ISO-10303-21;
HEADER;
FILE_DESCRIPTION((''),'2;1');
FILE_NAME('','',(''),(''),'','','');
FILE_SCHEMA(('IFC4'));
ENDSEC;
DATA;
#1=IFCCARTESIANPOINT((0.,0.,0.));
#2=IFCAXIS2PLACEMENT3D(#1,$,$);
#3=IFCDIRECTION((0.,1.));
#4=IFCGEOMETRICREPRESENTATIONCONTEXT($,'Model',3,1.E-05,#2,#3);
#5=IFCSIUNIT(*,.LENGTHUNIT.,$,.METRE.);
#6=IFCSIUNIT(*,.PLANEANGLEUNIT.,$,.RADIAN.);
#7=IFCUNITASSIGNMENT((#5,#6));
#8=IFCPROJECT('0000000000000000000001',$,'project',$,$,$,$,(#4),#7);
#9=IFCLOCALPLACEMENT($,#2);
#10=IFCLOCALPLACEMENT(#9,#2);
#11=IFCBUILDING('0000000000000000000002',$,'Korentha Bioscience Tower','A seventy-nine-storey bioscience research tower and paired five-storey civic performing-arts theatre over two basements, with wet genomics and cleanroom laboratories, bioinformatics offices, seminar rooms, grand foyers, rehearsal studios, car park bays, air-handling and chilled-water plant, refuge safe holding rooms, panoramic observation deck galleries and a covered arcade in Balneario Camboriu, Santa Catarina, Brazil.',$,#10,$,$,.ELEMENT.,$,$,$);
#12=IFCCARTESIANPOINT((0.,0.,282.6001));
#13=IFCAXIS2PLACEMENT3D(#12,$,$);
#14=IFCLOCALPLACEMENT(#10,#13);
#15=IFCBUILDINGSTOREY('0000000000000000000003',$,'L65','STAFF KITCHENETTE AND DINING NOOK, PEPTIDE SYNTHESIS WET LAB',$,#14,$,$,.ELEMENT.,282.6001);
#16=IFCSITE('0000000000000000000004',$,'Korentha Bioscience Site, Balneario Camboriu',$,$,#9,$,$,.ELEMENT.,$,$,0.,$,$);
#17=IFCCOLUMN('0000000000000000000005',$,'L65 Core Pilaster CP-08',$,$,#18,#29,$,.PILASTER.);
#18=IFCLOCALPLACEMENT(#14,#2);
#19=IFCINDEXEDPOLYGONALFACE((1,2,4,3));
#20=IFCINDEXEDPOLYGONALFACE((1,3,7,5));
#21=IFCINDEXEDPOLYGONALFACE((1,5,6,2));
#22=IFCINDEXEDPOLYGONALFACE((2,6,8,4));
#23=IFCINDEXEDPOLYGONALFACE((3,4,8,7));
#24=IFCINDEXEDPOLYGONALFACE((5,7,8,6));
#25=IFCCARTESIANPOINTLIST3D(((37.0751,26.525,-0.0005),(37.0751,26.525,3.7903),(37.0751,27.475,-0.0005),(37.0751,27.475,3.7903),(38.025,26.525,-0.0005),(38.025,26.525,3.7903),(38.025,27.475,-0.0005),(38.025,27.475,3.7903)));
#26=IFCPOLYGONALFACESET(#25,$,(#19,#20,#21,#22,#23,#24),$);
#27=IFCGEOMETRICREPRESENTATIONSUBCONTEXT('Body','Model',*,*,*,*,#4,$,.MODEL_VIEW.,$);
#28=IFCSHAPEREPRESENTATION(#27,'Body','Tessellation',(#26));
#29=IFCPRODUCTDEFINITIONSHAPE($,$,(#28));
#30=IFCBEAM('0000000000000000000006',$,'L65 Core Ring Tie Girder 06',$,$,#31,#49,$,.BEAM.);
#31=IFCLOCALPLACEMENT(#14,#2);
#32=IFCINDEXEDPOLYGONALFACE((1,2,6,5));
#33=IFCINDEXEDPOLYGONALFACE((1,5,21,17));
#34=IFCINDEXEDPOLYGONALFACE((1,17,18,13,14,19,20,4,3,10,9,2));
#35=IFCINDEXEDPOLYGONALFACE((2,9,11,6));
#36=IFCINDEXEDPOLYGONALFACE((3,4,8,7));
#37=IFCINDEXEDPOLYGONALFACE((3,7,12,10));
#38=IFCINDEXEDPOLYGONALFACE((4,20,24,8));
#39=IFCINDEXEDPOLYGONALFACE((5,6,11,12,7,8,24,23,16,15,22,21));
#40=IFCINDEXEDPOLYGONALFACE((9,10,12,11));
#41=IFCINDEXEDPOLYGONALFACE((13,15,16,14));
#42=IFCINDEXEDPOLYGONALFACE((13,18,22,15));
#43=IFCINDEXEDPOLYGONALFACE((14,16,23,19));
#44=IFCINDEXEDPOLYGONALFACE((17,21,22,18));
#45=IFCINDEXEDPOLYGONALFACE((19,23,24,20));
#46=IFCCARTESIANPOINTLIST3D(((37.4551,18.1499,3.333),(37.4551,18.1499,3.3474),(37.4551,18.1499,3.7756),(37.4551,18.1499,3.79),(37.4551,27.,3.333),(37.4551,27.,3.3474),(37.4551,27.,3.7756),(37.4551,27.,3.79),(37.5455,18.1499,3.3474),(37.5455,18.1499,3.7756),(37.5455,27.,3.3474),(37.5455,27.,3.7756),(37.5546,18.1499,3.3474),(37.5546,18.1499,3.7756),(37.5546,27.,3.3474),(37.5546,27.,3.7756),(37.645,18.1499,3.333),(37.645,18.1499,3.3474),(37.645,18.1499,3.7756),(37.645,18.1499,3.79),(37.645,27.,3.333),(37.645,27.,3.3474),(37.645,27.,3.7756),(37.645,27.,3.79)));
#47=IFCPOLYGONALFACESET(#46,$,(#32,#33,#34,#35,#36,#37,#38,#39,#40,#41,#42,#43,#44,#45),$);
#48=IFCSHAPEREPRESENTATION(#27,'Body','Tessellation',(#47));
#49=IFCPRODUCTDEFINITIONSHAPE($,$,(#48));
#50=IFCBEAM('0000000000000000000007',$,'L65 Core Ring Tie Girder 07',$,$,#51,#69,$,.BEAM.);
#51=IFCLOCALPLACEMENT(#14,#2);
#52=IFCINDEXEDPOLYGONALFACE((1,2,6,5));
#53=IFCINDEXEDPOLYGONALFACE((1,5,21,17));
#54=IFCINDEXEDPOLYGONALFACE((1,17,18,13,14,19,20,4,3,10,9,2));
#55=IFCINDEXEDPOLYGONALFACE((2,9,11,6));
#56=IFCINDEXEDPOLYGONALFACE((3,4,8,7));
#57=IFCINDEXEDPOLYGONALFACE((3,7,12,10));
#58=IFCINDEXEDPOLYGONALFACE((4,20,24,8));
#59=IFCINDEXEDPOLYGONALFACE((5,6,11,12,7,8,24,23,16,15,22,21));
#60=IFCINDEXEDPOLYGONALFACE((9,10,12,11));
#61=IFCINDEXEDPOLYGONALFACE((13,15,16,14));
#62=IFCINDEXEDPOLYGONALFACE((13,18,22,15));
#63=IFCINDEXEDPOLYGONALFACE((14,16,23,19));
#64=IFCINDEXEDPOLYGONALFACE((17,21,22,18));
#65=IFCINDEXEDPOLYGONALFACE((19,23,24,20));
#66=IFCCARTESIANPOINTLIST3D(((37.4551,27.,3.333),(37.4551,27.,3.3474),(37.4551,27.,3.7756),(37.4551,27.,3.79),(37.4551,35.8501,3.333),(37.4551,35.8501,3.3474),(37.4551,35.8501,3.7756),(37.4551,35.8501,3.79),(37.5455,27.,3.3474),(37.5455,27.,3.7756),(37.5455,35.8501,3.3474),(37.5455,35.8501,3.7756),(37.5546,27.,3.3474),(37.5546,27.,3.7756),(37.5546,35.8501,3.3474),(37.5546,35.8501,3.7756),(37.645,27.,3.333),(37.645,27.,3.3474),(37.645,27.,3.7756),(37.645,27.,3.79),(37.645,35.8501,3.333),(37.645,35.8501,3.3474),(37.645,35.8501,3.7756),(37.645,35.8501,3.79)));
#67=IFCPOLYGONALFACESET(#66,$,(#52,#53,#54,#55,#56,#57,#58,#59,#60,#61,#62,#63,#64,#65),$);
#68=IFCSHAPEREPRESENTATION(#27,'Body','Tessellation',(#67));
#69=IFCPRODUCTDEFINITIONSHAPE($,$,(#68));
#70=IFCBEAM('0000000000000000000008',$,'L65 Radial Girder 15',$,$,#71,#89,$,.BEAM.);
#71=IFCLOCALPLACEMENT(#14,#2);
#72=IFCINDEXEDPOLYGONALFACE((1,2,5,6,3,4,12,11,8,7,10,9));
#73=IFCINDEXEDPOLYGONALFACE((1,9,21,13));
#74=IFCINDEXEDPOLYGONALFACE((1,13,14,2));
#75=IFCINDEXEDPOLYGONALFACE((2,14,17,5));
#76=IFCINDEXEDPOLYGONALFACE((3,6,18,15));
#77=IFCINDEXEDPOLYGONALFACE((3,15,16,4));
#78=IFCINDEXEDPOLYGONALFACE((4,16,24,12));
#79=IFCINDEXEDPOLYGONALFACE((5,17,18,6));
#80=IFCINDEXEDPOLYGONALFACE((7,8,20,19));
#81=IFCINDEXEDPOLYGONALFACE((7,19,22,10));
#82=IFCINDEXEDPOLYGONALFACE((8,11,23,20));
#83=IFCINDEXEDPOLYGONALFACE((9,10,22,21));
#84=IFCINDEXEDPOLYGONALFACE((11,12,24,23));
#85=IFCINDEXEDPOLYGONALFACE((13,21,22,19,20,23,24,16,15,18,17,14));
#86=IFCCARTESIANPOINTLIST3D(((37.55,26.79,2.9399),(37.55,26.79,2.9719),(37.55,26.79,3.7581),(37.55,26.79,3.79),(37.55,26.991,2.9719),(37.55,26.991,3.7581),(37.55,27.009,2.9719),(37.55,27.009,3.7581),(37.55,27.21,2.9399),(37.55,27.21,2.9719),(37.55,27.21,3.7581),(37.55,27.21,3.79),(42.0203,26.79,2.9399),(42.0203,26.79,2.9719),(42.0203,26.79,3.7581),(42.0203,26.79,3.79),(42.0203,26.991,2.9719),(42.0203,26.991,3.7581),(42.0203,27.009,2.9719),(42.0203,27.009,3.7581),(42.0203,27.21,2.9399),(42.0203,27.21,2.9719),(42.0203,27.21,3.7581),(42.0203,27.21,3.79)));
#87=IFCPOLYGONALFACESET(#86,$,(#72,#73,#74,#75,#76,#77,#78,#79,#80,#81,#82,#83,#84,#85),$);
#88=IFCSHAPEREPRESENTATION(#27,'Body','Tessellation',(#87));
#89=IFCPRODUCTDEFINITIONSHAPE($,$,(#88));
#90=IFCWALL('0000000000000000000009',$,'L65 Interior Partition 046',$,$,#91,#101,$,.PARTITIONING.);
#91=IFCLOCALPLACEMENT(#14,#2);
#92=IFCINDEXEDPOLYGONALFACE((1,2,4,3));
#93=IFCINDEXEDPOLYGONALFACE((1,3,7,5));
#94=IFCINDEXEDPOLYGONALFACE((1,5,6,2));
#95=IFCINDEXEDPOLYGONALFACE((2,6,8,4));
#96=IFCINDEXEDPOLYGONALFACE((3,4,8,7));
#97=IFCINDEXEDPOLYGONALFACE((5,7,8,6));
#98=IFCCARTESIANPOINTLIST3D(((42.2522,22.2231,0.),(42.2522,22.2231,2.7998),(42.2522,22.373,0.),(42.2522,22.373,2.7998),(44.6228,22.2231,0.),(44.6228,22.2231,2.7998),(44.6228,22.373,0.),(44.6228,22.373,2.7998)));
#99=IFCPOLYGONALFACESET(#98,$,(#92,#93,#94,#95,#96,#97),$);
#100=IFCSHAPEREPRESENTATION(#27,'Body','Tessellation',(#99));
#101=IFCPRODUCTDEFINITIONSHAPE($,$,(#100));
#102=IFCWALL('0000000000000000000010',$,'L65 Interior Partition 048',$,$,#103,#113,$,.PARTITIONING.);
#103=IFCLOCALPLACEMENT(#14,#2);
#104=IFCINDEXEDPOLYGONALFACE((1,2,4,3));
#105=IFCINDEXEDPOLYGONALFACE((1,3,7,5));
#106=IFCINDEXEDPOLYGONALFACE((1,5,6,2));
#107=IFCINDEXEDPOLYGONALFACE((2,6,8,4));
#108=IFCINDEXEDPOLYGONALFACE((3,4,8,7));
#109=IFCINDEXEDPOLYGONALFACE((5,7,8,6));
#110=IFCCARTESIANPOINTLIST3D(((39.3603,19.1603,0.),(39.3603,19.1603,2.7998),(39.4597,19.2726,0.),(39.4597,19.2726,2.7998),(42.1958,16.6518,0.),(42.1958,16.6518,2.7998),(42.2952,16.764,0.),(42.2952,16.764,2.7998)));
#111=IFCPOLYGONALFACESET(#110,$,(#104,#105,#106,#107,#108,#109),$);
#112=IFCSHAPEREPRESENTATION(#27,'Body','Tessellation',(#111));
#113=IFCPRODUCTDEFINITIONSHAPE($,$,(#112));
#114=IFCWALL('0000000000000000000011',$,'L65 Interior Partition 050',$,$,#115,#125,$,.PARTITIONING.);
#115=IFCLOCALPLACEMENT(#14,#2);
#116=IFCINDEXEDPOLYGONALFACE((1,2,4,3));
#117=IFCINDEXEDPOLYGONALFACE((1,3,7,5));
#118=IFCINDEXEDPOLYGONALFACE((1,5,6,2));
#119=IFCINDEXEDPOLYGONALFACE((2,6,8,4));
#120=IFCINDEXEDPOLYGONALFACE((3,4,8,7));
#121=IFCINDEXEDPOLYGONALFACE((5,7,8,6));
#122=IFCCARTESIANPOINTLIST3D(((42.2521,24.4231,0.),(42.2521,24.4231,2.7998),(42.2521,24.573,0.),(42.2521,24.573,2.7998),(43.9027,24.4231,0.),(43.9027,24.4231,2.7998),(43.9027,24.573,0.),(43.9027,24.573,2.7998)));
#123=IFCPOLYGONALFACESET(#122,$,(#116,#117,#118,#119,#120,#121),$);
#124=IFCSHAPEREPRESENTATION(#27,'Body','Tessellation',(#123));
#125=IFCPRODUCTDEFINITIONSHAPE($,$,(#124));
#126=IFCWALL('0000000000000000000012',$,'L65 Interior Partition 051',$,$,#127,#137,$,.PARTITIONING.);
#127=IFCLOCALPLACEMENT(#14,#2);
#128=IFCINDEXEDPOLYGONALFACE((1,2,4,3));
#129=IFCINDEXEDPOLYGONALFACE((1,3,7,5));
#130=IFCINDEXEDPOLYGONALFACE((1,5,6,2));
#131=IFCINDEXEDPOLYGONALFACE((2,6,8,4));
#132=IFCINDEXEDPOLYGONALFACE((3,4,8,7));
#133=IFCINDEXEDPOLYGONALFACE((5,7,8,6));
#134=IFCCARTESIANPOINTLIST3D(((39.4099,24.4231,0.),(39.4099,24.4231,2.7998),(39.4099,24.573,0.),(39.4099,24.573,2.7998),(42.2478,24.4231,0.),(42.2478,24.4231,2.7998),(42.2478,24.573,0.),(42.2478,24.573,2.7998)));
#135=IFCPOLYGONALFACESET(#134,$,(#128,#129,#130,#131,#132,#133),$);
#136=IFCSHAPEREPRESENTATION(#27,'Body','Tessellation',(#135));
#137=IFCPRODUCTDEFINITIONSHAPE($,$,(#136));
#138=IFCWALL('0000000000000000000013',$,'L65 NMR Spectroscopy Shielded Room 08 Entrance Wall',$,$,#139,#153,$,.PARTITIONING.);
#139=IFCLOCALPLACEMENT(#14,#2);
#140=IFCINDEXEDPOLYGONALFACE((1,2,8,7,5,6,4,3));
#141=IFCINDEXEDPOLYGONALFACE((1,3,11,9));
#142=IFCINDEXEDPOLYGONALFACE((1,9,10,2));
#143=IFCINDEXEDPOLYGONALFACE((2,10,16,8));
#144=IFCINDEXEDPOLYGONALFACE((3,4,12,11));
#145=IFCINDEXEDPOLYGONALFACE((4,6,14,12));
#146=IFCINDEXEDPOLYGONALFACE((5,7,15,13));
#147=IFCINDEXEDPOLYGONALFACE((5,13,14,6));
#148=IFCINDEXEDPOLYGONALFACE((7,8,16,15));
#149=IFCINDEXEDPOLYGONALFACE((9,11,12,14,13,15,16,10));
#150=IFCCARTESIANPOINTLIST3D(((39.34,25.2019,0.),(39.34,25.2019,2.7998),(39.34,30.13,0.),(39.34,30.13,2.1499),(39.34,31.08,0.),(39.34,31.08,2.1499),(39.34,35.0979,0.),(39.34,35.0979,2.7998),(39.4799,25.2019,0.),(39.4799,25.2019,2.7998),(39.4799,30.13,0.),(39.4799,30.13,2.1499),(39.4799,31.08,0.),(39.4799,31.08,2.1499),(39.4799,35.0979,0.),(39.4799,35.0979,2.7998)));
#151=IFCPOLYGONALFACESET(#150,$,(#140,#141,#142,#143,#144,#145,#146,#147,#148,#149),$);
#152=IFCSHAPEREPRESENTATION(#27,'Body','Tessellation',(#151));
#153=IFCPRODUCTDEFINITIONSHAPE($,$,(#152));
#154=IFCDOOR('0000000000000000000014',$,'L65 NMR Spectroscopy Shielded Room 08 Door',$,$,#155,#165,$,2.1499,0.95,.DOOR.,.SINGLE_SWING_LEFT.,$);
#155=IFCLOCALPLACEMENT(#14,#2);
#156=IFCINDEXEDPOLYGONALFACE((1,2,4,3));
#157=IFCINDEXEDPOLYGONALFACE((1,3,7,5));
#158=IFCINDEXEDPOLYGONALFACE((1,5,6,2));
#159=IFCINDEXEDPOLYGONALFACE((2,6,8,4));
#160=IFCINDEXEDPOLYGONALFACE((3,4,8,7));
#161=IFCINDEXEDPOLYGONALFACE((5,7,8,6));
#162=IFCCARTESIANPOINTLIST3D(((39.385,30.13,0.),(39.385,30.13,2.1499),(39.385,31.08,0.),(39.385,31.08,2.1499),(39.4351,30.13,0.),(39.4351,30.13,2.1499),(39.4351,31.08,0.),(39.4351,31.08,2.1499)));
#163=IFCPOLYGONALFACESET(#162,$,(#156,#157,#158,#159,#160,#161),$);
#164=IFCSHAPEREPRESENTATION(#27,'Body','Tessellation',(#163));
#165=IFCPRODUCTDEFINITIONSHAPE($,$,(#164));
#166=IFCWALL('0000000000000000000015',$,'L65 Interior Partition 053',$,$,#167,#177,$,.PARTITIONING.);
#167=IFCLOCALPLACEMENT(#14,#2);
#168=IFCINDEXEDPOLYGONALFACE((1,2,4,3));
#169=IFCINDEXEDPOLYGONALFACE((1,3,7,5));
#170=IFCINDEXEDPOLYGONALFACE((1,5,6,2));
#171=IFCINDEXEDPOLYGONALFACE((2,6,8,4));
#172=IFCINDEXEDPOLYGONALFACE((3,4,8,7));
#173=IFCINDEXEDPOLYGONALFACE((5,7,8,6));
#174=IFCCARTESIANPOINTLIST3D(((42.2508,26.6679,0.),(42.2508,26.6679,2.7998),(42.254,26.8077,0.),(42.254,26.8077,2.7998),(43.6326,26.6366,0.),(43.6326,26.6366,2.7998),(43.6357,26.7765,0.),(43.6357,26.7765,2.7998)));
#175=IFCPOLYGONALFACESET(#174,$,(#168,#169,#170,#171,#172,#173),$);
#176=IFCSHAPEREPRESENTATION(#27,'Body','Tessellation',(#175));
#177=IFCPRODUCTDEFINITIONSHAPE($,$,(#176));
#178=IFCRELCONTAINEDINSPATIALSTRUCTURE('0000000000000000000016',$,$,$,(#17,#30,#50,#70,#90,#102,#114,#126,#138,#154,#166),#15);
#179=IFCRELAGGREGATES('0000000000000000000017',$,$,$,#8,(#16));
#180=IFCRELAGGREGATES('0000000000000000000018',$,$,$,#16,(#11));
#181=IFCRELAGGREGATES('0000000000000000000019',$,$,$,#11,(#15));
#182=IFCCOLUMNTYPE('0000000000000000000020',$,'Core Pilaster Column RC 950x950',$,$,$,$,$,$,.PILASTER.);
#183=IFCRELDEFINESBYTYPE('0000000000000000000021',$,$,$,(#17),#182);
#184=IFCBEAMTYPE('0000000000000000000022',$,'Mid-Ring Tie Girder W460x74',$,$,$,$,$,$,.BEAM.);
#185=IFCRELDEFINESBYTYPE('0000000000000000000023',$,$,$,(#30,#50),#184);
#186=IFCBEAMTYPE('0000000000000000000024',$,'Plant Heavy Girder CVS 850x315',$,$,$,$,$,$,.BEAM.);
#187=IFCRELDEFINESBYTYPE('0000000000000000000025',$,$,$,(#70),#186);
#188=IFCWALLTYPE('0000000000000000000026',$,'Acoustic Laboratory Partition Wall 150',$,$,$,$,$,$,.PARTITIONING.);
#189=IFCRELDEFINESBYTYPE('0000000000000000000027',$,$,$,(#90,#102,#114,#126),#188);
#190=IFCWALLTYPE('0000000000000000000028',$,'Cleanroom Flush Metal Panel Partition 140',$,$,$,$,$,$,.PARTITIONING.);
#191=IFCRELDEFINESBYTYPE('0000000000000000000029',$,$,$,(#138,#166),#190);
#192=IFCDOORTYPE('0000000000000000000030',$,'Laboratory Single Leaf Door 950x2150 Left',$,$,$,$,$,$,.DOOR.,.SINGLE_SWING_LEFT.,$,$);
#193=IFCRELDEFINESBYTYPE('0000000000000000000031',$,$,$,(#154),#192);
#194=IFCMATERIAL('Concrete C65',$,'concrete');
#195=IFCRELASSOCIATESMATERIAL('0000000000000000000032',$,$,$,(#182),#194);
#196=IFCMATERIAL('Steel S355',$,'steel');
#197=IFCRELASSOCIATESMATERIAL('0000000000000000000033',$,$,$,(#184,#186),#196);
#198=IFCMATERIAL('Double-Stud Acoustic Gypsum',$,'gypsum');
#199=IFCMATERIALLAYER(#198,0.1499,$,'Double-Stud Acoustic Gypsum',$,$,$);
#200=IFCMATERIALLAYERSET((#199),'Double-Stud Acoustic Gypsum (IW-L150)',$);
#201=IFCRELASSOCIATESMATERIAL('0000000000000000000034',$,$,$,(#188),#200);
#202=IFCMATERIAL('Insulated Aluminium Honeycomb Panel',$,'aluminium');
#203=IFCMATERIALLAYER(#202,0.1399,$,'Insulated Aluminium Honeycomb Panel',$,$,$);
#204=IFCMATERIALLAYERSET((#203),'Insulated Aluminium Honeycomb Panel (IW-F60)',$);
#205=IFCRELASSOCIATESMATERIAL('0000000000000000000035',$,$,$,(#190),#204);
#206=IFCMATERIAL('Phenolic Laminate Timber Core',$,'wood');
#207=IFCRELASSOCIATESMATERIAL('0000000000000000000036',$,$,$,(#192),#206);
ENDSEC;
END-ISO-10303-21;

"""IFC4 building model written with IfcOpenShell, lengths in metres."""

from ifc_helpers import new_model, si_unit, direction, frame, frame_2d, origin, origin_2d, place, context, subcontext, project, spatial, rectangle, i_section, extrude, material, layer, layer_set, material_profile, profile_set, type_object, element, fill, save


model = new_model("IFC4")

# Units and contexts
model_context = context("Model", 3, precision=1e-05, world=origin(), true_north=direction((0.0, 1.0)))
body_context = subcontext(model_context, "Body", "Model", "MODEL_VIEW")
ifc_project = project(units=[si_unit("LENGTHUNIT", "METRE"), si_unit("PLANEANGLEUNIT", "RADIAN")], contexts=[model_context])

# Site, building, storey
site_placement = place(None, origin())
site = spatial("IfcSite", under=ifc_project, at=site_placement, Name="Korentha Bioscience Site, Balneario Camboriu", CompositionType="ELEMENT", RefElevation=0.0)
building_placement = place(site_placement, origin())
building = spatial("IfcBuilding", under=site, at=building_placement, Name="Korentha Bioscience Tower", Description="A seventy-nine-storey bioscience research tower and paired five-storey civic performing-arts theatre over two basements, with wet genomics and cleanroom laboratories, bioinformatics offices, seminar rooms, grand foyers, rehearsal studios, car park bays, air-handling and chilled-water plant, refuge safe holding rooms, panoramic observation deck galleries and a covered arcade in Balneario Camboriu, Santa Catarina, Brazil.", CompositionType="ELEMENT")
storey_placement = place(building_placement, frame((0.0, 0.0, 282.6001)))
storey = spatial("IfcBuildingStorey", under=building, at=storey_placement, Name="L65", Description="STAFF KITCHENETTE AND DINING NOOK, PEPTIDE SYNTHESIS WET LAB", CompositionType="ELEMENT", Elevation=282.6001)

# Column
ifc_material_1 = material(Name="Concrete C65", Category="concrete")
ifc_material_profile_1 = material_profile(ifc_material_1, rectangle(XDim=0.95, YDim=0.95, at=origin_2d()), Name="Concrete C65")
ifc_profile_set_1 = profile_set([ifc_material_profile_1], Name="Concrete C65 (COL-CP09)")
column_type = type_object("IfcColumnType", Name="Core Pilaster Column RC 950x950", PredefinedType="PILASTER", material=ifc_profile_set_1)
column_placement = place(storey_placement, frame((37.55, 27.0, -0.0005), z_axis=(0.0, 0.0, 1.0), x_axis=(1.0, 0.0, 0.0)))
element("IfcColumn", 1, at=column_placement, inside=storey, type_object=column_type, Name="L65 Core Pilaster CP-08", PredefinedType="PILASTER", context=body_context, shape_type="SweptSolid", body=[
    extrude(rectangle(XDim=0.95, YDim=0.95, at=origin_2d()), origin(), (0.0, 0.0, 1.0), 3.7908),
])

# Beams
ifc_material_2 = material(Name="Steel S355", Category="steel")
ifc_material_profile_2 = material_profile(ifc_material_2, i_section(OverallWidth=0.1899, OverallDepth=0.457, WebThickness=0.009, FlangeThickness=0.0144, at=origin_2d()), Name="Steel S355")
ifc_profile_set_2 = profile_set([ifc_material_profile_2], Name="Steel S355 (MB-460)")
beam_type_1 = type_object("IfcBeamType", Name="Mid-Ring Tie Girder W460x74", PredefinedType="BEAM", material=ifc_profile_set_2)
for number, where, z_axis, x_axis, name in (
    (2, (37.55, 18.1499, 3.5615), (0.0, 1.0, 0.0), (-1.0, 0.0, 0.0), "L65 Core Ring Tie Girder 06"),
    (3, (37.55, 27.0, 3.5615), (0.0, 1.0, 0.0), (-1.0, 0.0, 0.0), "L65 Core Ring Tie Girder 07"),
):
    element("IfcBeam", number, at=place(storey_placement, frame(where, z_axis=z_axis, x_axis=x_axis)), inside=storey, type_object=beam_type_1, Name=name, PredefinedType="BEAM", context=body_context, shape_type="SweptSolid", body=[
        extrude(i_section(OverallWidth=0.1899, OverallDepth=0.457, WebThickness=0.009, FlangeThickness=0.0144, at=origin_2d()), origin(), (0.0, 0.0, 1.0), 8.8501),
    ])
ifc_material_profile_3 = material_profile(ifc_material_2, i_section(OverallWidth=0.4199, OverallDepth=0.8501, WebThickness=0.0181, FlangeThickness=0.032, at=origin_2d()), Name="Steel S355")
ifc_profile_set_3 = profile_set([ifc_material_profile_3], Name="Steel S355 (MB-850)")
beam_type_2 = type_object("IfcBeamType", Name="Plant Heavy Girder CVS 850x315", PredefinedType="BEAM", material=ifc_profile_set_3)
beam_placement = place(storey_placement, frame((37.55, 27.0, 3.365), z_axis=(1.0, 0.0, 0.0), x_axis=(0.0, 1.0, 0.0)))
element("IfcBeam", 4, at=beam_placement, inside=storey, type_object=beam_type_2, Name="L65 Radial Girder 15", PredefinedType="BEAM", context=body_context, shape_type="SweptSolid", body=[
    extrude(i_section(OverallWidth=0.4199, OverallDepth=0.8501, WebThickness=0.0181, FlangeThickness=0.032, at=origin_2d()), origin(), (0.0, 0.0, 1.0), 4.4702),
])

# Shared definitions
ifc_material_3 = material(Name="Double-Stud Acoustic Gypsum", Category="gypsum")
ifc_layer_1 = layer(ifc_material_3, 0.1499, Name="Double-Stud Acoustic Gypsum")
ifc_layer_set_1 = layer_set([ifc_layer_1], Name="Double-Stud Acoustic Gypsum (IW-L150)")
wall_type_1 = type_object("IfcWallType", Name="Acoustic Laboratory Partition Wall 150", PredefinedType="PARTITIONING", material=ifc_layer_set_1)
ifc_material_4 = material(Name="Phenolic Laminate Timber Core", Category="wood")

# Walls
wall_1_placement = place(storey_placement, frame((42.2522, 22.2981, 0.0), z_axis=(0.0, 0.0, 1.0), x_axis=(1.0, 0.0, 0.0)))
element("IfcWall", 5, at=wall_1_placement, inside=storey, type_object=wall_type_1, Name="L65 Interior Partition 046", PredefinedType="PARTITIONING", context=body_context, shape_type="SweptSolid", body=[
    extrude(rectangle(XDim=2.3706, YDim=0.1499, at=frame_2d((1.1853, 0.0))), origin(), (0.0, 0.0, 1.0), 2.7998),
])
wall_2_placement = place(storey_placement, frame((39.4099, 19.2166, 0.0), z_axis=(0.0, 0.0, 1.0), x_axis=(0.748962, -0.662613, 0.0)))
element("IfcWall", 6, at=wall_2_placement, inside=storey, type_object=wall_type_1, Name="L65 Interior Partition 048", PredefinedType="PARTITIONING", context=body_context, shape_type="SweptSolid", body=[
    extrude(rectangle(XDim=3.7859, YDim=0.1499, at=frame_2d((1.8931, 0.0))), origin(), (0.0, 0.0, 1.0), 2.7998),
])
wall_3_placement = place(storey_placement, frame((42.2522, 24.498, 0.0), z_axis=(0.0, 0.0, 1.0), x_axis=(1.0, 0.0, 0.0)))
element("IfcWall", 7, at=wall_3_placement, inside=storey, type_object=wall_type_1, Name="L65 Interior Partition 050", PredefinedType="PARTITIONING", context=body_context, shape_type="SweptSolid", body=[
    extrude(rectangle(XDim=1.6506, YDim=0.1499, at=frame_2d((0.8252, 0.0))), origin(), (0.0, 0.0, 1.0), 2.7998),
])
wall_4_placement = place(storey_placement, frame((39.4099, 24.498, 0.0), z_axis=(0.0, 0.0, 1.0), x_axis=(1.0, 0.0, 0.0)))
element("IfcWall", 8, at=wall_4_placement, inside=storey, type_object=wall_type_1, Name="L65 Interior Partition 051", PredefinedType="PARTITIONING", context=body_context, shape_type="SweptSolid", body=[
    extrude(rectangle(XDim=2.8379, YDim=0.1499, at=frame_2d((1.4189, 0.0))), origin(), (0.0, 0.0, 1.0), 2.7998),
])

# Wall, opening, door
ifc_material_5 = material(Name="Insulated Aluminium Honeycomb Panel", Category="aluminium")
ifc_layer_2 = layer(ifc_material_5, 0.1399, Name="Insulated Aluminium Honeycomb Panel")
ifc_layer_set_2 = layer_set([ifc_layer_2], Name="Insulated Aluminium Honeycomb Panel (IW-F60)")
wall_type_2 = type_object("IfcWallType", Name="Cleanroom Flush Metal Panel Partition 140", PredefinedType="PARTITIONING", material=ifc_layer_set_2)
wall_5_placement = place(storey_placement, frame((39.4099, 25.2019, 0.0), z_axis=(0.0, 0.0, 1.0), x_axis=(0.0, 1.0, 0.0)))
wall_5 = element("IfcWall", 9, at=wall_5_placement, inside=storey, type_object=wall_type_2, Name="L65 NMR Spectroscopy Shielded Room 08 Entrance Wall", PredefinedType="PARTITIONING", context=body_context, shape_type="SweptSolid", body=[
    extrude(rectangle(XDim=9.896, YDim=0.1399, at=frame_2d((4.948, 0.0))), origin(), (0.0, 0.0, 1.0), 2.7998),
])
opening_1_placement = place(wall_5_placement, frame((4.928, 0.0, 0.0)))
opening_1 = element("IfcOpeningElement", 10, at=opening_1_placement, cuts=wall_5, PredefinedType="OPENING", context=body_context, shape_type="SweptSolid", body=[
    extrude(rectangle(XDim=0.95, YDim=2.1499, at=frame_2d((0.4751, 1.075))), frame((0.0, 0.085, 0.0), z_axis=(0.0, -1.0, 0.0), x_axis=(1.0, 0.0, 0.0)), (0.0, 0.0, 1.0), 0.1697),
])
door_type_1 = type_object("IfcDoorType", Name="Laboratory Single Leaf Door 950x2150 Left", OperationType="SINGLE_SWING_LEFT", PredefinedType="DOOR", material=ifc_material_4)
door_1_placement = place(opening_1_placement, origin())
door_1 = element("IfcDoor", 11, at=door_1_placement, inside=storey, type_object=door_type_1, Name="L65 NMR Spectroscopy Shielded Room 08 Door", OperationType="SINGLE_SWING_LEFT", OverallHeight=2.1499, OverallWidth=0.95, PredefinedType="DOOR", context=body_context, shape_type="SweptSolid", body=[
    extrude(rectangle(XDim=0.95, YDim=2.1499, at=frame_2d((0.4751, 1.075))), frame((0.0, 0.0249, 0.0), z_axis=(0.0, -1.0, 0.0), x_axis=(1.0, 0.0, 0.0)), (0.0, 0.0, 1.0), 0.05),
])
fill(opening_1, door_1)

# Wall
wall_6_placement = place(storey_placement, frame((43.634, 26.7065, 0.0), z_axis=(0.0, 0.0, 1.0), x_axis=(-0.999744, 0.022609, 0.0)))
element("IfcWall", 12, at=wall_6_placement, inside=storey, type_object=wall_type_2, Name="L65 Interior Partition 053", PredefinedType="PARTITIONING", context=body_context, shape_type="SweptSolid", body=[
    extrude(rectangle(XDim=1.3821, YDim=0.1399, at=frame_2d((0.6909, 0.0))), origin(), (0.0, 0.0, 1.0), 2.7998),
])

save(model, "model.ifc")
